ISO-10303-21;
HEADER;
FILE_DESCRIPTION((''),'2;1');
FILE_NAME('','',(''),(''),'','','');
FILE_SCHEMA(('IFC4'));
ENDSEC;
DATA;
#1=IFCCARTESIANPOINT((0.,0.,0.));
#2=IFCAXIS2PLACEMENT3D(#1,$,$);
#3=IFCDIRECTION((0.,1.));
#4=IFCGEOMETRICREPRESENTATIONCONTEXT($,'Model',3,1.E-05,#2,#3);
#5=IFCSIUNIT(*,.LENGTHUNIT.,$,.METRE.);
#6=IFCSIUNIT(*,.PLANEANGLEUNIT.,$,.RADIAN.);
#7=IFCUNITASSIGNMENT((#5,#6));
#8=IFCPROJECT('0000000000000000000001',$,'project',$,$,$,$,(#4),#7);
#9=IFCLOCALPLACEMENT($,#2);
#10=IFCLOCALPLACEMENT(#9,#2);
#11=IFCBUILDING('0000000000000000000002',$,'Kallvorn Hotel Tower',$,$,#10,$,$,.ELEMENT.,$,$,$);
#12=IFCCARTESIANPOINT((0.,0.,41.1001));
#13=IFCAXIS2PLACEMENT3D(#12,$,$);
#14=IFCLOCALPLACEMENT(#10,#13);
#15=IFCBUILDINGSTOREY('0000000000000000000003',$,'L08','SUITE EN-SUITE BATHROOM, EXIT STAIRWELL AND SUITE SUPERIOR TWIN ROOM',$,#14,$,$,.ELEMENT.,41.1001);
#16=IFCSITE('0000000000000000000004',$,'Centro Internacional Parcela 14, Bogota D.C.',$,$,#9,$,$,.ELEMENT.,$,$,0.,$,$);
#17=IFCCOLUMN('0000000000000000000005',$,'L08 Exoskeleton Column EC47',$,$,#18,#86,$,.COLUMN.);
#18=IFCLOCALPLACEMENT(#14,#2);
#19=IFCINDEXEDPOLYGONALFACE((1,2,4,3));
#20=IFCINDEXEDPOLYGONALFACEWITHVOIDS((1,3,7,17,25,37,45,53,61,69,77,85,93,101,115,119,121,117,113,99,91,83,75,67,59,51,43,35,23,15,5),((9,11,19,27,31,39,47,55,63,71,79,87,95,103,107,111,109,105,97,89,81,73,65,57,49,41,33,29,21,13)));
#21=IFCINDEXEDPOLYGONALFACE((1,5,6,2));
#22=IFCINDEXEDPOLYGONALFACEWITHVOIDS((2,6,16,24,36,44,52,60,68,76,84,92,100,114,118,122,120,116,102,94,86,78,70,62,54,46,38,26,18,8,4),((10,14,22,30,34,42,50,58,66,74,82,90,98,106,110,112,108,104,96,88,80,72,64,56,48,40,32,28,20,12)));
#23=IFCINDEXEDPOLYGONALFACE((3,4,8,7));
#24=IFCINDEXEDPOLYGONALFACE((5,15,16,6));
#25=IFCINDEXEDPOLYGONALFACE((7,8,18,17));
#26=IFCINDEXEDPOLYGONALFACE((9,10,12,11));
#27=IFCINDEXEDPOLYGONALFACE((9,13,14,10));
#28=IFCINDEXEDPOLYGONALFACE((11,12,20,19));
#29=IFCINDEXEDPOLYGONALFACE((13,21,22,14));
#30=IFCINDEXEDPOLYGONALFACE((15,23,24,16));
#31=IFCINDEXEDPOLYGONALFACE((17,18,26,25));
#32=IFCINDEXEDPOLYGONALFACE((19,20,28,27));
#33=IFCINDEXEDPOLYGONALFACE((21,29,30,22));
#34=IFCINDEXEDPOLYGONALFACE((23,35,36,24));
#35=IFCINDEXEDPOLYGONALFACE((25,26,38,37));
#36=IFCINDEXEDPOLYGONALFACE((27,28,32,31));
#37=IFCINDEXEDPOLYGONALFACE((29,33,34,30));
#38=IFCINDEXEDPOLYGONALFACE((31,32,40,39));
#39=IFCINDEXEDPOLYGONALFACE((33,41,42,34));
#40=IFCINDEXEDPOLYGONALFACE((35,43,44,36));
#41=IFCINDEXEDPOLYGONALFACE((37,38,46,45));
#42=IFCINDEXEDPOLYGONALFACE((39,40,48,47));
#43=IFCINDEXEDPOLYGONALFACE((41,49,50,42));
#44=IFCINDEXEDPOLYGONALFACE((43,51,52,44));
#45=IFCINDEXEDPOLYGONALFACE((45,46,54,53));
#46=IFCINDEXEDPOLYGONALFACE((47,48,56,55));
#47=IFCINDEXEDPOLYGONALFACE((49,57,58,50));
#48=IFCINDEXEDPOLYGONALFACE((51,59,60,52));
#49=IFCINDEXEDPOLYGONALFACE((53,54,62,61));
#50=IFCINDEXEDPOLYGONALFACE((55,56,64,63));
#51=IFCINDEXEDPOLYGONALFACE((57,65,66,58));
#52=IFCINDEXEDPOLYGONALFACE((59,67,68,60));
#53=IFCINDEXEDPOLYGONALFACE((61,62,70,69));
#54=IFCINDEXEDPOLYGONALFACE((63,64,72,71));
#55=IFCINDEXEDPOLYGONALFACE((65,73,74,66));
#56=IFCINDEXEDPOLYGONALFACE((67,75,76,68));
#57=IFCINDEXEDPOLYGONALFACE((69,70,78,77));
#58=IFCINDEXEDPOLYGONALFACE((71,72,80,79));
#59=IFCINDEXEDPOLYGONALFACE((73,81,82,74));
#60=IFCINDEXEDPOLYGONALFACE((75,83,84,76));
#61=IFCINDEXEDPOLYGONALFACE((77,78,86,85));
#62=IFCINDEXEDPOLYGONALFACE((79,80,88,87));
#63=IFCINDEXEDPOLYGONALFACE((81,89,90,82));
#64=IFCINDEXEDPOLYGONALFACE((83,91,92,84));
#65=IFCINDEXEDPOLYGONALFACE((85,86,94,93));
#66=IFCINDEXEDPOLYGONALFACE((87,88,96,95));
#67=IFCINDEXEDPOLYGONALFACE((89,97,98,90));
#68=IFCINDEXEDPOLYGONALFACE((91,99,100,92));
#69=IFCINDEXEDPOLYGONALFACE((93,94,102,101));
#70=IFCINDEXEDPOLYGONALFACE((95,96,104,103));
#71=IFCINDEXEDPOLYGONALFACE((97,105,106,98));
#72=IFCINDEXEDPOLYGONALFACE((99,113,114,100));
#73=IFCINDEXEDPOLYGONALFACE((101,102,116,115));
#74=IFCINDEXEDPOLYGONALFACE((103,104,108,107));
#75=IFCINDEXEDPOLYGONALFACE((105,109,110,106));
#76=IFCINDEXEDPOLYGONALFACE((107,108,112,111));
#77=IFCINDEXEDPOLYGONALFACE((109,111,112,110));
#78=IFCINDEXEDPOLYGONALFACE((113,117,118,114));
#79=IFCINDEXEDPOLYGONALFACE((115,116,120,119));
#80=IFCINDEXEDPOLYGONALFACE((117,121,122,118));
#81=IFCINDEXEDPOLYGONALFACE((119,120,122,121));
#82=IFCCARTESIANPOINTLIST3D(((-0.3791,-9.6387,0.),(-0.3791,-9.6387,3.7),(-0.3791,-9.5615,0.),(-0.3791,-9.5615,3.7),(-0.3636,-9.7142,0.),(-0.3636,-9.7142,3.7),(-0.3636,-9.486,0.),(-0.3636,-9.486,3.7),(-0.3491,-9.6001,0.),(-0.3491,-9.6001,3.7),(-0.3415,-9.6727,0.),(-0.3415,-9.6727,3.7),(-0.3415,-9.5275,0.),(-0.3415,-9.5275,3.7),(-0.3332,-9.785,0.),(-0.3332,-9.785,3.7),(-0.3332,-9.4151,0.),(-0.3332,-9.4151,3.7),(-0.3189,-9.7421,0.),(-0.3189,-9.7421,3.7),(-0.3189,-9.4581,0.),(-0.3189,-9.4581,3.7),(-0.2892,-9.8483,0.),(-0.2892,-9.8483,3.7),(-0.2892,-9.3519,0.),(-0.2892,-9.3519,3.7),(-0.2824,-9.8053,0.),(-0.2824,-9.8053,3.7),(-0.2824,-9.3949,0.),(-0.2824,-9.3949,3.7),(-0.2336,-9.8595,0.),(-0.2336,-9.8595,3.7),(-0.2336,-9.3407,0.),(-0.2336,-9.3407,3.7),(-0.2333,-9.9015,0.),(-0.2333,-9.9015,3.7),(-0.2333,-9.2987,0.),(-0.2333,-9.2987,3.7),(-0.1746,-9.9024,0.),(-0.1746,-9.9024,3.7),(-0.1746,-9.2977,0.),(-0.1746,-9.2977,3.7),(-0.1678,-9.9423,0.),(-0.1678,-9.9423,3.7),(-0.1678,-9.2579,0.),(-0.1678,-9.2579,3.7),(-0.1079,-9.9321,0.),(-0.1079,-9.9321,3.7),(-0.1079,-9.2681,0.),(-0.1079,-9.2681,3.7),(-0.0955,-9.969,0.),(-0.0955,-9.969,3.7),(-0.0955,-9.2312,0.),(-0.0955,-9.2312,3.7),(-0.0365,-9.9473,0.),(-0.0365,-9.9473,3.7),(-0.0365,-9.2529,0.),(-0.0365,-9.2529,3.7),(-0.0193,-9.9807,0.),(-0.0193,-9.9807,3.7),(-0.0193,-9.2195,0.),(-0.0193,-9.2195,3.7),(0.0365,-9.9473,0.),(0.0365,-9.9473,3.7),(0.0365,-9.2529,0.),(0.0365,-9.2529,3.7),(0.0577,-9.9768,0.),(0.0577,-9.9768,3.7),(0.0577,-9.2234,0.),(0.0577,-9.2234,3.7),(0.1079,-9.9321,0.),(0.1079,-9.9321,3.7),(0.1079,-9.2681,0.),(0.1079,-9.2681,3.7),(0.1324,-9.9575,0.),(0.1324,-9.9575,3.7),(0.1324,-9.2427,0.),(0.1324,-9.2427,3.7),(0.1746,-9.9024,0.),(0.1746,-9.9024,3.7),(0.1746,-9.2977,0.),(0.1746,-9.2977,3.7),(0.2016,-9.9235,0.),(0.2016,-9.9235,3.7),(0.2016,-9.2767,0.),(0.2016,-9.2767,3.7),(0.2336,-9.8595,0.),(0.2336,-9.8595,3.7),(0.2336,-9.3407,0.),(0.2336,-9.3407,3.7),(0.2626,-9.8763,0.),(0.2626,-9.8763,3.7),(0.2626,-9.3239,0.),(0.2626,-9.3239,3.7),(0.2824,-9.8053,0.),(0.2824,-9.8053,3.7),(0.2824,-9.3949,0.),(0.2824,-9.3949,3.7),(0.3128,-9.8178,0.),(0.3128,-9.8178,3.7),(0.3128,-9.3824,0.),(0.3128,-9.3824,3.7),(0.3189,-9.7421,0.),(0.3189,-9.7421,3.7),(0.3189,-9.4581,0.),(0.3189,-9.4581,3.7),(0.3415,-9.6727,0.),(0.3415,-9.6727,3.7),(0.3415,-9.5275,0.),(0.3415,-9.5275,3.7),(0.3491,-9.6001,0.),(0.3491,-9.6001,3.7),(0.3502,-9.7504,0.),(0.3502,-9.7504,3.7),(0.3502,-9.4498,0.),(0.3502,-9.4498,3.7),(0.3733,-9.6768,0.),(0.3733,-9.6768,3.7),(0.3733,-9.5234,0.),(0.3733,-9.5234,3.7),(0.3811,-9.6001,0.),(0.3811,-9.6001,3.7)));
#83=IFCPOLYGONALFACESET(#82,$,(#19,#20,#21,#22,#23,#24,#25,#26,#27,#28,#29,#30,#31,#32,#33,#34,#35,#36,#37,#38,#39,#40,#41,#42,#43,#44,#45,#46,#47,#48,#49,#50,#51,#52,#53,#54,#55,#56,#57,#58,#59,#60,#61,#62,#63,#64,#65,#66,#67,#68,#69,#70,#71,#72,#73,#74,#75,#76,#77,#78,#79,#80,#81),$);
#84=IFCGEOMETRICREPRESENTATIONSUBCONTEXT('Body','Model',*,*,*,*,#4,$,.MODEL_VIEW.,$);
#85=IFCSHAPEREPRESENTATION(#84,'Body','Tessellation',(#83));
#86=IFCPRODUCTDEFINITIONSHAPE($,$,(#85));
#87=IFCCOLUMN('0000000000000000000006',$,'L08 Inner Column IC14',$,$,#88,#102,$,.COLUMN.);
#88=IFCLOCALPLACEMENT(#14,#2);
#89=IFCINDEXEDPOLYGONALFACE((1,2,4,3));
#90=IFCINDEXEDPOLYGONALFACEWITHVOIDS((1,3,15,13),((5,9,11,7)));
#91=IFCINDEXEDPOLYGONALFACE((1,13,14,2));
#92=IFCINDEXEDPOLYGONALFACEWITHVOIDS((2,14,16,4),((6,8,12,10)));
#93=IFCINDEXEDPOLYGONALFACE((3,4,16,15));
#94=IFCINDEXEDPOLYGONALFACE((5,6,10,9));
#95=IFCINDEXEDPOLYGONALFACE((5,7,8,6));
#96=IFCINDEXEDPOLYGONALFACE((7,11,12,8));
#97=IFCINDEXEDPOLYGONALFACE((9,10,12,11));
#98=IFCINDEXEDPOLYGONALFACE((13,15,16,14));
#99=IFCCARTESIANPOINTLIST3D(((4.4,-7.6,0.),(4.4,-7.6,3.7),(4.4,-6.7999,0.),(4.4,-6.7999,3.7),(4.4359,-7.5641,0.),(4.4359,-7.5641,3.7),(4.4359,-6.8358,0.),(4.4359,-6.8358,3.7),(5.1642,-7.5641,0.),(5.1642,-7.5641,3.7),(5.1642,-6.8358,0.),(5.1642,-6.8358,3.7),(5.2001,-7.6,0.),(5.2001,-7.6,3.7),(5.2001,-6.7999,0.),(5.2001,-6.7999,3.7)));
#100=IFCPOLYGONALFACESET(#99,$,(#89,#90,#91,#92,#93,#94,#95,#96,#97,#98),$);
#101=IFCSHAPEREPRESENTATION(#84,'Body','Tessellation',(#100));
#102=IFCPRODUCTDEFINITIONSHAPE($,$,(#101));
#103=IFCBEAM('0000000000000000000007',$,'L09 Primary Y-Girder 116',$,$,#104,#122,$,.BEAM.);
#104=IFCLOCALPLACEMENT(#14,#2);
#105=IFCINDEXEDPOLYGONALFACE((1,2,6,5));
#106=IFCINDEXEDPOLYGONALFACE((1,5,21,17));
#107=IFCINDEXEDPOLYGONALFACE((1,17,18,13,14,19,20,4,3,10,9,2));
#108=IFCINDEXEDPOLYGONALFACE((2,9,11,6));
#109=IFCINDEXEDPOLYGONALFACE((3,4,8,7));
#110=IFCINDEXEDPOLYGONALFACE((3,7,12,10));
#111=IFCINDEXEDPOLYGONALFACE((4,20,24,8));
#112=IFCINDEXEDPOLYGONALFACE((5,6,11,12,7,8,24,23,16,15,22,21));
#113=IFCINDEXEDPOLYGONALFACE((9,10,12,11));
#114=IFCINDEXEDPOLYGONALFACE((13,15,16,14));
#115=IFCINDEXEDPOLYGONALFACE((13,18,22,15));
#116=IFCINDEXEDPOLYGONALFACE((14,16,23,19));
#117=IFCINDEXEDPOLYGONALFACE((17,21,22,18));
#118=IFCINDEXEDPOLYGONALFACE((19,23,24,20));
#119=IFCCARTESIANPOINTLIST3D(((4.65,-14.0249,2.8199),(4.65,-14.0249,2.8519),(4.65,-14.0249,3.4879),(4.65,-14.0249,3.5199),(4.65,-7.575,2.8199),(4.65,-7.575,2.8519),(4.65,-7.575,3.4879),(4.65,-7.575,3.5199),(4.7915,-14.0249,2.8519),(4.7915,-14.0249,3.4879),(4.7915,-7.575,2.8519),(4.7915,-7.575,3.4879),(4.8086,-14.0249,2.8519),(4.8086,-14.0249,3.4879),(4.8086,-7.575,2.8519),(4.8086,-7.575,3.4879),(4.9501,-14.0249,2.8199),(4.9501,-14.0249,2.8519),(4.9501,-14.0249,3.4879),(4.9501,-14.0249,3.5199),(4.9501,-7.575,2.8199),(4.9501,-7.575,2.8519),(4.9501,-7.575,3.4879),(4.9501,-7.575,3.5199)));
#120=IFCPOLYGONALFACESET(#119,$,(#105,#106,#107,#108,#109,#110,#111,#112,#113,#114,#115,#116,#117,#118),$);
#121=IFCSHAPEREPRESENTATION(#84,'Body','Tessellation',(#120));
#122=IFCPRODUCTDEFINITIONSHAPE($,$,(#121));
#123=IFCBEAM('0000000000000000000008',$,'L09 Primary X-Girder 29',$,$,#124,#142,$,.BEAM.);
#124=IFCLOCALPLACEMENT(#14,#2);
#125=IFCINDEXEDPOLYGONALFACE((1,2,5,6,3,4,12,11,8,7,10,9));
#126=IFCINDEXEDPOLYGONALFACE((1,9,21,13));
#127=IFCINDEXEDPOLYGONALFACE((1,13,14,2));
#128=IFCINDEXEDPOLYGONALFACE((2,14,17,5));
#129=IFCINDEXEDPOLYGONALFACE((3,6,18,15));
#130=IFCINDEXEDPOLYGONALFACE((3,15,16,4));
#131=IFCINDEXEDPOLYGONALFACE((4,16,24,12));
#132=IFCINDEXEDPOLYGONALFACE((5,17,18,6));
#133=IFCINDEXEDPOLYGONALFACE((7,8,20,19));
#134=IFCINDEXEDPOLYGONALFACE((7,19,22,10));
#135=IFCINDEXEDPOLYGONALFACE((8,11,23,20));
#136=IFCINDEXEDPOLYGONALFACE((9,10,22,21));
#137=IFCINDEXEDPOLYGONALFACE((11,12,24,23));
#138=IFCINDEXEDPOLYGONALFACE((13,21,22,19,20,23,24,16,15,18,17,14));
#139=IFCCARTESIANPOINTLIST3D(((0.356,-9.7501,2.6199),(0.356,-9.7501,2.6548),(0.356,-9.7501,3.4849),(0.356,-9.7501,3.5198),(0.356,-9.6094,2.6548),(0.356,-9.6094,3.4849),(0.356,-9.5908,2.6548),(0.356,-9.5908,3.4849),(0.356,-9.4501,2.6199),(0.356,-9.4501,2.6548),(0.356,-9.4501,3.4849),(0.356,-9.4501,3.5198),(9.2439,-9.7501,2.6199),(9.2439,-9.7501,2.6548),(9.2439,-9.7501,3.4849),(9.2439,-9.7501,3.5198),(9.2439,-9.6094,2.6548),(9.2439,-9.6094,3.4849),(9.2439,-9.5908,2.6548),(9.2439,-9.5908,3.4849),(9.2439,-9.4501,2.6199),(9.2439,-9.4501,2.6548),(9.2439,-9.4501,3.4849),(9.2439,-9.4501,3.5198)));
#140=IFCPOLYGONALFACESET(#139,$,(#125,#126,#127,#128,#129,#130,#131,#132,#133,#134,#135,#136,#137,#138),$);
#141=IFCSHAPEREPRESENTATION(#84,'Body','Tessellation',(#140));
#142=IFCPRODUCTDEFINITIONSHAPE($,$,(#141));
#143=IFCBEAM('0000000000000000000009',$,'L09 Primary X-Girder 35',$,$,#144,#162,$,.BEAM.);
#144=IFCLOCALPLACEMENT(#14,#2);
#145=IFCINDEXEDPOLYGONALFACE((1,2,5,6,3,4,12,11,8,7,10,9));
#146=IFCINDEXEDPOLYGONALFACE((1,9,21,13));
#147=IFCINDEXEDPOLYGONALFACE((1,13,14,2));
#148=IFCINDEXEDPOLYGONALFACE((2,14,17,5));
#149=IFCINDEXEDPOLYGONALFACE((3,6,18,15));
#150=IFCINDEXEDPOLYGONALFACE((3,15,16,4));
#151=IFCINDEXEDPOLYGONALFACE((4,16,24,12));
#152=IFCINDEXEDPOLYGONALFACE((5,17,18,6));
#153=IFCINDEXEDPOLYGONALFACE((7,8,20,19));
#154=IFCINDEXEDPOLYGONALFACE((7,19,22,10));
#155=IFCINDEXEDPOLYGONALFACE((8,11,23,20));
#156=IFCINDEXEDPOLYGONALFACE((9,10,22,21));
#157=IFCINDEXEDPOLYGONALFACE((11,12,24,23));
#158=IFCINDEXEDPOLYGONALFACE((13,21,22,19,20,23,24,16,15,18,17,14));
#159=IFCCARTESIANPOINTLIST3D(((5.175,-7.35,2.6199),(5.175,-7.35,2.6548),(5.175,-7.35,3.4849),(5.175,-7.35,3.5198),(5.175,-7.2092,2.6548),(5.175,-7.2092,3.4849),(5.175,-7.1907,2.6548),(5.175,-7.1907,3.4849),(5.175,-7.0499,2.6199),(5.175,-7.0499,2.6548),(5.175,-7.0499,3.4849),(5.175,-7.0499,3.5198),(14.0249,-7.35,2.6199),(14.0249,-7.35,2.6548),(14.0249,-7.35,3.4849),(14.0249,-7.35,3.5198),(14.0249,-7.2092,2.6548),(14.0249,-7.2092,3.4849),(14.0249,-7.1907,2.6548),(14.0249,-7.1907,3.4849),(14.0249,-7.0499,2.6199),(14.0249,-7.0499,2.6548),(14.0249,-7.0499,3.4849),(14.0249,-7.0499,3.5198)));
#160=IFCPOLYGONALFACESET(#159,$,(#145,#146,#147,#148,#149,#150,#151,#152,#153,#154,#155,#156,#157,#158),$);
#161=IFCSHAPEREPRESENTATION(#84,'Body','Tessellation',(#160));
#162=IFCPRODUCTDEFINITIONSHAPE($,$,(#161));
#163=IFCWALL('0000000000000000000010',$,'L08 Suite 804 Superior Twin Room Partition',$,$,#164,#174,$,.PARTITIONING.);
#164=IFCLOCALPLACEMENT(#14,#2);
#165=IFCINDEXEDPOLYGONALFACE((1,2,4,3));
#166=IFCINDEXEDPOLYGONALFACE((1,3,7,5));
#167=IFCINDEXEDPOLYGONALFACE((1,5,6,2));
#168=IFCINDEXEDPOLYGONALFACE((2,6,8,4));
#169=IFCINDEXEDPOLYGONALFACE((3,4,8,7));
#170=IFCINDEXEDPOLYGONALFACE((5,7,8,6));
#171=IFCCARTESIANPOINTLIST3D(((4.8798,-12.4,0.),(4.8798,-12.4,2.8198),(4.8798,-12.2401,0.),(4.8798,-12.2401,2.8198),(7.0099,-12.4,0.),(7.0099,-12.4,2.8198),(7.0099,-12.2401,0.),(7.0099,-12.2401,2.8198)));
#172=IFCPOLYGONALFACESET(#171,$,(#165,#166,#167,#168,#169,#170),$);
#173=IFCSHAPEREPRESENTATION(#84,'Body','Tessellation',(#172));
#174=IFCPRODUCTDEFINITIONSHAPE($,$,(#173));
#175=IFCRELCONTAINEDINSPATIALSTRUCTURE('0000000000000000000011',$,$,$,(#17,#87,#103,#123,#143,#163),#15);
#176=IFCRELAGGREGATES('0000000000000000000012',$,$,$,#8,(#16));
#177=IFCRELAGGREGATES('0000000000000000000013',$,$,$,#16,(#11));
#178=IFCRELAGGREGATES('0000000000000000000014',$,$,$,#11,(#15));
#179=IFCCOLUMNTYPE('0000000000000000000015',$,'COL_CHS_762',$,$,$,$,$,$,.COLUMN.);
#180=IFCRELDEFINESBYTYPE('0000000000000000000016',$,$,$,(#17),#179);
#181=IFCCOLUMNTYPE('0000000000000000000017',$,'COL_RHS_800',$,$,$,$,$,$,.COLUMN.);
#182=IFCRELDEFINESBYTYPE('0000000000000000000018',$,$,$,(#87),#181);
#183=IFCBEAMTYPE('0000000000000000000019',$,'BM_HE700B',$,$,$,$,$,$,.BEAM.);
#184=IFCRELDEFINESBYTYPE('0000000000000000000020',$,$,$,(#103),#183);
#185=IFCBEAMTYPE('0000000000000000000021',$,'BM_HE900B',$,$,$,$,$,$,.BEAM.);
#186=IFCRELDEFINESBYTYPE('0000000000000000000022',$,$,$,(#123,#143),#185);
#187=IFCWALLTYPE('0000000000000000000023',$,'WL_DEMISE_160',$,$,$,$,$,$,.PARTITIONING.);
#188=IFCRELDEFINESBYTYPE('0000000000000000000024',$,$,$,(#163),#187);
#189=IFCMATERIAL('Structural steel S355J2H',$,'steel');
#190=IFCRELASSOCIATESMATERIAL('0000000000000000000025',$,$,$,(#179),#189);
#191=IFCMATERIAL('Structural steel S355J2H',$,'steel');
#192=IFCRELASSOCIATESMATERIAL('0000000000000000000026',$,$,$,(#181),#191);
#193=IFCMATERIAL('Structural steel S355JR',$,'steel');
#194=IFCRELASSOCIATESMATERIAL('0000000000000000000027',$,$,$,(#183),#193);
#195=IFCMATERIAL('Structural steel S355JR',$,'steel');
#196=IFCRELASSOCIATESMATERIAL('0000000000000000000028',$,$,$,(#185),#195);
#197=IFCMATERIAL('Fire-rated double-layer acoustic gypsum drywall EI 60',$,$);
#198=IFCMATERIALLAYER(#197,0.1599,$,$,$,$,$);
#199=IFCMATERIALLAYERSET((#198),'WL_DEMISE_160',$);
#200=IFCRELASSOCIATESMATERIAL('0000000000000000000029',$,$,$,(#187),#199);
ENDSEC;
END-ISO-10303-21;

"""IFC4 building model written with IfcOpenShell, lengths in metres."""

from ifc_helpers import new_model, si_unit, direction, frame, frame_2d, origin, origin_2d, place, context, subcontext, project, spatial, rectangle, hollow_rectangle, hollow_circle, i_section, extrude, material, layer, layer_set, material_profile, profile_set, type_object, element, save


model = new_model("IFC4")

# Units and contexts
model_context = context("Model", 3, precision=1e-05, world=origin(), true_north=direction((0.0, 1.0)))
body_context = subcontext(model_context, "Body", "Model", "MODEL_VIEW")
ifc_project = project(units=[si_unit("LENGTHUNIT", "METRE"), si_unit("PLANEANGLEUNIT", "RADIAN")], contexts=[model_context])

# Site, building, storey
site_placement = place(None, origin())
site = spatial("IfcSite", under=ifc_project, at=site_placement, Name="Centro Internacional Parcela 14, Bogota D.C.", CompositionType="ELEMENT", RefElevation=0.0)
building_placement = place(site_placement, origin())
building = spatial("IfcBuilding", under=site, at=building_placement, Name="Kallvorn Hotel Tower", CompositionType="ELEMENT")
storey_placement = place(building_placement, frame((0.0, 0.0, 41.1001)))
storey = spatial("IfcBuildingStorey", under=building, at=storey_placement, Name="L08", Description="SUITE EN-SUITE BATHROOM, EXIT STAIRWELL AND SUITE SUPERIOR TWIN ROOM", CompositionType="ELEMENT", Elevation=41.1001)

# Columns
ifc_material_1 = material(Name="Structural steel S355J2H", Category="steel")
ifc_material_profile_1 = material_profile(ifc_material_1, hollow_circle(Radius=0.3811, WallThickness=0.032, at=origin_2d()), Name="CHS 762x32")
ifc_profile_set_1 = profile_set([ifc_material_profile_1], Name="Structural steel S355J2H")
column_type_1 = type_object("IfcColumnType", Name="COL_CHS_762", PredefinedType="COLUMN", material=ifc_profile_set_1)
column_1_placement = place(storey_placement, frame((0.0, -9.6001, 0.0), z_axis=(0.0, 0.0, 1.0), x_axis=(1.0, 0.0, 0.0)))
element("IfcColumn", 1, at=column_1_placement, inside=storey, type_object=column_type_1, Name="L08 Exoskeleton Column EC47", PredefinedType="COLUMN", context=body_context, shape_type="SweptSolid", body=[
    extrude(hollow_circle(Radius=0.3811, WallThickness=0.032, at=origin_2d()), origin(), (0.0, 0.0, 1.0), 3.7),
])
ifc_material_2 = material(Name="Structural steel S355J2H", Category="steel")
ifc_material_profile_2 = material_profile(ifc_material_2, hollow_rectangle(XDim=0.8, YDim=0.8, WallThickness=0.0359, at=origin_2d()), Name="RHS 800x800x36")
ifc_profile_set_2 = profile_set([ifc_material_profile_2], Name="Structural steel S355J2H")
column_type_2 = type_object("IfcColumnType", Name="COL_RHS_800", PredefinedType="COLUMN", material=ifc_profile_set_2)
column_2_placement = place(storey_placement, frame((4.8, -7.2, 0.0), z_axis=(0.0, 0.0, 1.0), x_axis=(1.0, 0.0, 0.0)))
element("IfcColumn", 2, at=column_2_placement, inside=storey, type_object=column_type_2, Name="L08 Inner Column IC14", PredefinedType="COLUMN", context=body_context, shape_type="SweptSolid", body=[
    extrude(hollow_rectangle(XDim=0.8, YDim=0.8, WallThickness=0.0359, at=origin_2d()), origin(), (0.0, 0.0, 1.0), 3.7),
])

# Beams
ifc_material_3 = material(Name="Structural steel S355JR", Category="steel")
ifc_material_profile_3 = material_profile(ifc_material_3, i_section(OverallWidth=0.3, OverallDepth=0.7, WebThickness=0.0171, FlangeThickness=0.032, at=origin_2d()), Name="HE 700 B")
ifc_profile_set_3 = profile_set([ifc_material_profile_3], Name="Structural steel S355JR")
beam_type_1 = type_object("IfcBeamType", Name="BM_HE700B", PredefinedType="BEAM", material=ifc_profile_set_3)
beam_1_placement = place(storey_placement, frame((4.8, -14.0249, 3.1699), z_axis=(0.0, 1.0, 0.0), x_axis=(-1.0, 0.0, 0.0)))
element("IfcBeam", 3, at=beam_1_placement, inside=storey, type_object=beam_type_1, Name="L09 Primary Y-Girder 116", PredefinedType="BEAM", context=body_context, shape_type="SweptSolid", body=[
    extrude(i_section(OverallWidth=0.3, OverallDepth=0.7, WebThickness=0.0171, FlangeThickness=0.032, at=origin_2d()), origin(), (0.0, 0.0, 1.0), 6.45),
])
ifc_material_4 = material(Name="Structural steel S355JR", Category="steel")
ifc_material_profile_4 = material_profile(ifc_material_4, i_section(OverallWidth=0.3, OverallDepth=0.8999, WebThickness=0.0186, FlangeThickness=0.0349, at=origin_2d()), Name="HE 900 B")
ifc_profile_set_4 = profile_set([ifc_material_profile_4], Name="Structural steel S355JR")
beam_type_2 = type_object("IfcBeamType", Name="BM_HE900B", PredefinedType="BEAM", material=ifc_profile_set_4)
beam_2_placement = place(storey_placement, frame((0.356, -9.6001, 3.0698), z_axis=(1.0, 0.0, 0.0), x_axis=(0.0, 1.0, 0.0)))
element("IfcBeam", 4, at=beam_2_placement, inside=storey, type_object=beam_type_2, Name="L09 Primary X-Girder 29", PredefinedType="BEAM", context=body_context, shape_type="SweptSolid", body=[
    extrude(i_section(OverallWidth=0.3, OverallDepth=0.8999, WebThickness=0.0186, FlangeThickness=0.0349, at=origin_2d()), origin(), (0.0, 0.0, 1.0), 8.8879),
])
beam_3_placement = place(storey_placement, frame((5.175, -7.2, 3.0698), z_axis=(1.0, 0.0, 0.0), x_axis=(0.0, 1.0, 0.0)))
element("IfcBeam", 5, at=beam_3_placement, inside=storey, type_object=beam_type_2, Name="L09 Primary X-Girder 35", PredefinedType="BEAM", context=body_context, shape_type="SweptSolid", body=[
    extrude(i_section(OverallWidth=0.3, OverallDepth=0.8999, WebThickness=0.0186, FlangeThickness=0.0349, at=origin_2d()), origin(), (0.0, 0.0, 1.0), 8.8499),
])

# Wall
ifc_material_5 = material(Name="Fire-rated double-layer acoustic gypsum drywall EI 60")
ifc_layer_1 = layer(ifc_material_5, 0.1599)
ifc_layer_set_1 = layer_set([ifc_layer_1], Name="WL_DEMISE_160")
wall_type_1 = type_object("IfcWallType", Name="WL_DEMISE_160", PredefinedType="PARTITIONING", material=ifc_layer_set_1)
wall_1_placement = place(storey_placement, frame((4.8799, -12.3201, 0.0), z_axis=(0.0, 0.0, 1.0), x_axis=(1.0, 0.0, 0.0)))
element("IfcWall", 6, at=wall_1_placement, inside=storey, type_object=wall_type_1, Name="L08 Suite 804 Superior Twin Room Partition", PredefinedType="PARTITIONING", context=body_context, shape_type="SweptSolid", body=[
    extrude(rectangle(XDim=2.1301, YDim=0.1599, at=frame_2d((1.0649, 0.0))), origin(), (0.0, 0.0, 1.0), 2.8198),
])

save(model, "model.ifc")
